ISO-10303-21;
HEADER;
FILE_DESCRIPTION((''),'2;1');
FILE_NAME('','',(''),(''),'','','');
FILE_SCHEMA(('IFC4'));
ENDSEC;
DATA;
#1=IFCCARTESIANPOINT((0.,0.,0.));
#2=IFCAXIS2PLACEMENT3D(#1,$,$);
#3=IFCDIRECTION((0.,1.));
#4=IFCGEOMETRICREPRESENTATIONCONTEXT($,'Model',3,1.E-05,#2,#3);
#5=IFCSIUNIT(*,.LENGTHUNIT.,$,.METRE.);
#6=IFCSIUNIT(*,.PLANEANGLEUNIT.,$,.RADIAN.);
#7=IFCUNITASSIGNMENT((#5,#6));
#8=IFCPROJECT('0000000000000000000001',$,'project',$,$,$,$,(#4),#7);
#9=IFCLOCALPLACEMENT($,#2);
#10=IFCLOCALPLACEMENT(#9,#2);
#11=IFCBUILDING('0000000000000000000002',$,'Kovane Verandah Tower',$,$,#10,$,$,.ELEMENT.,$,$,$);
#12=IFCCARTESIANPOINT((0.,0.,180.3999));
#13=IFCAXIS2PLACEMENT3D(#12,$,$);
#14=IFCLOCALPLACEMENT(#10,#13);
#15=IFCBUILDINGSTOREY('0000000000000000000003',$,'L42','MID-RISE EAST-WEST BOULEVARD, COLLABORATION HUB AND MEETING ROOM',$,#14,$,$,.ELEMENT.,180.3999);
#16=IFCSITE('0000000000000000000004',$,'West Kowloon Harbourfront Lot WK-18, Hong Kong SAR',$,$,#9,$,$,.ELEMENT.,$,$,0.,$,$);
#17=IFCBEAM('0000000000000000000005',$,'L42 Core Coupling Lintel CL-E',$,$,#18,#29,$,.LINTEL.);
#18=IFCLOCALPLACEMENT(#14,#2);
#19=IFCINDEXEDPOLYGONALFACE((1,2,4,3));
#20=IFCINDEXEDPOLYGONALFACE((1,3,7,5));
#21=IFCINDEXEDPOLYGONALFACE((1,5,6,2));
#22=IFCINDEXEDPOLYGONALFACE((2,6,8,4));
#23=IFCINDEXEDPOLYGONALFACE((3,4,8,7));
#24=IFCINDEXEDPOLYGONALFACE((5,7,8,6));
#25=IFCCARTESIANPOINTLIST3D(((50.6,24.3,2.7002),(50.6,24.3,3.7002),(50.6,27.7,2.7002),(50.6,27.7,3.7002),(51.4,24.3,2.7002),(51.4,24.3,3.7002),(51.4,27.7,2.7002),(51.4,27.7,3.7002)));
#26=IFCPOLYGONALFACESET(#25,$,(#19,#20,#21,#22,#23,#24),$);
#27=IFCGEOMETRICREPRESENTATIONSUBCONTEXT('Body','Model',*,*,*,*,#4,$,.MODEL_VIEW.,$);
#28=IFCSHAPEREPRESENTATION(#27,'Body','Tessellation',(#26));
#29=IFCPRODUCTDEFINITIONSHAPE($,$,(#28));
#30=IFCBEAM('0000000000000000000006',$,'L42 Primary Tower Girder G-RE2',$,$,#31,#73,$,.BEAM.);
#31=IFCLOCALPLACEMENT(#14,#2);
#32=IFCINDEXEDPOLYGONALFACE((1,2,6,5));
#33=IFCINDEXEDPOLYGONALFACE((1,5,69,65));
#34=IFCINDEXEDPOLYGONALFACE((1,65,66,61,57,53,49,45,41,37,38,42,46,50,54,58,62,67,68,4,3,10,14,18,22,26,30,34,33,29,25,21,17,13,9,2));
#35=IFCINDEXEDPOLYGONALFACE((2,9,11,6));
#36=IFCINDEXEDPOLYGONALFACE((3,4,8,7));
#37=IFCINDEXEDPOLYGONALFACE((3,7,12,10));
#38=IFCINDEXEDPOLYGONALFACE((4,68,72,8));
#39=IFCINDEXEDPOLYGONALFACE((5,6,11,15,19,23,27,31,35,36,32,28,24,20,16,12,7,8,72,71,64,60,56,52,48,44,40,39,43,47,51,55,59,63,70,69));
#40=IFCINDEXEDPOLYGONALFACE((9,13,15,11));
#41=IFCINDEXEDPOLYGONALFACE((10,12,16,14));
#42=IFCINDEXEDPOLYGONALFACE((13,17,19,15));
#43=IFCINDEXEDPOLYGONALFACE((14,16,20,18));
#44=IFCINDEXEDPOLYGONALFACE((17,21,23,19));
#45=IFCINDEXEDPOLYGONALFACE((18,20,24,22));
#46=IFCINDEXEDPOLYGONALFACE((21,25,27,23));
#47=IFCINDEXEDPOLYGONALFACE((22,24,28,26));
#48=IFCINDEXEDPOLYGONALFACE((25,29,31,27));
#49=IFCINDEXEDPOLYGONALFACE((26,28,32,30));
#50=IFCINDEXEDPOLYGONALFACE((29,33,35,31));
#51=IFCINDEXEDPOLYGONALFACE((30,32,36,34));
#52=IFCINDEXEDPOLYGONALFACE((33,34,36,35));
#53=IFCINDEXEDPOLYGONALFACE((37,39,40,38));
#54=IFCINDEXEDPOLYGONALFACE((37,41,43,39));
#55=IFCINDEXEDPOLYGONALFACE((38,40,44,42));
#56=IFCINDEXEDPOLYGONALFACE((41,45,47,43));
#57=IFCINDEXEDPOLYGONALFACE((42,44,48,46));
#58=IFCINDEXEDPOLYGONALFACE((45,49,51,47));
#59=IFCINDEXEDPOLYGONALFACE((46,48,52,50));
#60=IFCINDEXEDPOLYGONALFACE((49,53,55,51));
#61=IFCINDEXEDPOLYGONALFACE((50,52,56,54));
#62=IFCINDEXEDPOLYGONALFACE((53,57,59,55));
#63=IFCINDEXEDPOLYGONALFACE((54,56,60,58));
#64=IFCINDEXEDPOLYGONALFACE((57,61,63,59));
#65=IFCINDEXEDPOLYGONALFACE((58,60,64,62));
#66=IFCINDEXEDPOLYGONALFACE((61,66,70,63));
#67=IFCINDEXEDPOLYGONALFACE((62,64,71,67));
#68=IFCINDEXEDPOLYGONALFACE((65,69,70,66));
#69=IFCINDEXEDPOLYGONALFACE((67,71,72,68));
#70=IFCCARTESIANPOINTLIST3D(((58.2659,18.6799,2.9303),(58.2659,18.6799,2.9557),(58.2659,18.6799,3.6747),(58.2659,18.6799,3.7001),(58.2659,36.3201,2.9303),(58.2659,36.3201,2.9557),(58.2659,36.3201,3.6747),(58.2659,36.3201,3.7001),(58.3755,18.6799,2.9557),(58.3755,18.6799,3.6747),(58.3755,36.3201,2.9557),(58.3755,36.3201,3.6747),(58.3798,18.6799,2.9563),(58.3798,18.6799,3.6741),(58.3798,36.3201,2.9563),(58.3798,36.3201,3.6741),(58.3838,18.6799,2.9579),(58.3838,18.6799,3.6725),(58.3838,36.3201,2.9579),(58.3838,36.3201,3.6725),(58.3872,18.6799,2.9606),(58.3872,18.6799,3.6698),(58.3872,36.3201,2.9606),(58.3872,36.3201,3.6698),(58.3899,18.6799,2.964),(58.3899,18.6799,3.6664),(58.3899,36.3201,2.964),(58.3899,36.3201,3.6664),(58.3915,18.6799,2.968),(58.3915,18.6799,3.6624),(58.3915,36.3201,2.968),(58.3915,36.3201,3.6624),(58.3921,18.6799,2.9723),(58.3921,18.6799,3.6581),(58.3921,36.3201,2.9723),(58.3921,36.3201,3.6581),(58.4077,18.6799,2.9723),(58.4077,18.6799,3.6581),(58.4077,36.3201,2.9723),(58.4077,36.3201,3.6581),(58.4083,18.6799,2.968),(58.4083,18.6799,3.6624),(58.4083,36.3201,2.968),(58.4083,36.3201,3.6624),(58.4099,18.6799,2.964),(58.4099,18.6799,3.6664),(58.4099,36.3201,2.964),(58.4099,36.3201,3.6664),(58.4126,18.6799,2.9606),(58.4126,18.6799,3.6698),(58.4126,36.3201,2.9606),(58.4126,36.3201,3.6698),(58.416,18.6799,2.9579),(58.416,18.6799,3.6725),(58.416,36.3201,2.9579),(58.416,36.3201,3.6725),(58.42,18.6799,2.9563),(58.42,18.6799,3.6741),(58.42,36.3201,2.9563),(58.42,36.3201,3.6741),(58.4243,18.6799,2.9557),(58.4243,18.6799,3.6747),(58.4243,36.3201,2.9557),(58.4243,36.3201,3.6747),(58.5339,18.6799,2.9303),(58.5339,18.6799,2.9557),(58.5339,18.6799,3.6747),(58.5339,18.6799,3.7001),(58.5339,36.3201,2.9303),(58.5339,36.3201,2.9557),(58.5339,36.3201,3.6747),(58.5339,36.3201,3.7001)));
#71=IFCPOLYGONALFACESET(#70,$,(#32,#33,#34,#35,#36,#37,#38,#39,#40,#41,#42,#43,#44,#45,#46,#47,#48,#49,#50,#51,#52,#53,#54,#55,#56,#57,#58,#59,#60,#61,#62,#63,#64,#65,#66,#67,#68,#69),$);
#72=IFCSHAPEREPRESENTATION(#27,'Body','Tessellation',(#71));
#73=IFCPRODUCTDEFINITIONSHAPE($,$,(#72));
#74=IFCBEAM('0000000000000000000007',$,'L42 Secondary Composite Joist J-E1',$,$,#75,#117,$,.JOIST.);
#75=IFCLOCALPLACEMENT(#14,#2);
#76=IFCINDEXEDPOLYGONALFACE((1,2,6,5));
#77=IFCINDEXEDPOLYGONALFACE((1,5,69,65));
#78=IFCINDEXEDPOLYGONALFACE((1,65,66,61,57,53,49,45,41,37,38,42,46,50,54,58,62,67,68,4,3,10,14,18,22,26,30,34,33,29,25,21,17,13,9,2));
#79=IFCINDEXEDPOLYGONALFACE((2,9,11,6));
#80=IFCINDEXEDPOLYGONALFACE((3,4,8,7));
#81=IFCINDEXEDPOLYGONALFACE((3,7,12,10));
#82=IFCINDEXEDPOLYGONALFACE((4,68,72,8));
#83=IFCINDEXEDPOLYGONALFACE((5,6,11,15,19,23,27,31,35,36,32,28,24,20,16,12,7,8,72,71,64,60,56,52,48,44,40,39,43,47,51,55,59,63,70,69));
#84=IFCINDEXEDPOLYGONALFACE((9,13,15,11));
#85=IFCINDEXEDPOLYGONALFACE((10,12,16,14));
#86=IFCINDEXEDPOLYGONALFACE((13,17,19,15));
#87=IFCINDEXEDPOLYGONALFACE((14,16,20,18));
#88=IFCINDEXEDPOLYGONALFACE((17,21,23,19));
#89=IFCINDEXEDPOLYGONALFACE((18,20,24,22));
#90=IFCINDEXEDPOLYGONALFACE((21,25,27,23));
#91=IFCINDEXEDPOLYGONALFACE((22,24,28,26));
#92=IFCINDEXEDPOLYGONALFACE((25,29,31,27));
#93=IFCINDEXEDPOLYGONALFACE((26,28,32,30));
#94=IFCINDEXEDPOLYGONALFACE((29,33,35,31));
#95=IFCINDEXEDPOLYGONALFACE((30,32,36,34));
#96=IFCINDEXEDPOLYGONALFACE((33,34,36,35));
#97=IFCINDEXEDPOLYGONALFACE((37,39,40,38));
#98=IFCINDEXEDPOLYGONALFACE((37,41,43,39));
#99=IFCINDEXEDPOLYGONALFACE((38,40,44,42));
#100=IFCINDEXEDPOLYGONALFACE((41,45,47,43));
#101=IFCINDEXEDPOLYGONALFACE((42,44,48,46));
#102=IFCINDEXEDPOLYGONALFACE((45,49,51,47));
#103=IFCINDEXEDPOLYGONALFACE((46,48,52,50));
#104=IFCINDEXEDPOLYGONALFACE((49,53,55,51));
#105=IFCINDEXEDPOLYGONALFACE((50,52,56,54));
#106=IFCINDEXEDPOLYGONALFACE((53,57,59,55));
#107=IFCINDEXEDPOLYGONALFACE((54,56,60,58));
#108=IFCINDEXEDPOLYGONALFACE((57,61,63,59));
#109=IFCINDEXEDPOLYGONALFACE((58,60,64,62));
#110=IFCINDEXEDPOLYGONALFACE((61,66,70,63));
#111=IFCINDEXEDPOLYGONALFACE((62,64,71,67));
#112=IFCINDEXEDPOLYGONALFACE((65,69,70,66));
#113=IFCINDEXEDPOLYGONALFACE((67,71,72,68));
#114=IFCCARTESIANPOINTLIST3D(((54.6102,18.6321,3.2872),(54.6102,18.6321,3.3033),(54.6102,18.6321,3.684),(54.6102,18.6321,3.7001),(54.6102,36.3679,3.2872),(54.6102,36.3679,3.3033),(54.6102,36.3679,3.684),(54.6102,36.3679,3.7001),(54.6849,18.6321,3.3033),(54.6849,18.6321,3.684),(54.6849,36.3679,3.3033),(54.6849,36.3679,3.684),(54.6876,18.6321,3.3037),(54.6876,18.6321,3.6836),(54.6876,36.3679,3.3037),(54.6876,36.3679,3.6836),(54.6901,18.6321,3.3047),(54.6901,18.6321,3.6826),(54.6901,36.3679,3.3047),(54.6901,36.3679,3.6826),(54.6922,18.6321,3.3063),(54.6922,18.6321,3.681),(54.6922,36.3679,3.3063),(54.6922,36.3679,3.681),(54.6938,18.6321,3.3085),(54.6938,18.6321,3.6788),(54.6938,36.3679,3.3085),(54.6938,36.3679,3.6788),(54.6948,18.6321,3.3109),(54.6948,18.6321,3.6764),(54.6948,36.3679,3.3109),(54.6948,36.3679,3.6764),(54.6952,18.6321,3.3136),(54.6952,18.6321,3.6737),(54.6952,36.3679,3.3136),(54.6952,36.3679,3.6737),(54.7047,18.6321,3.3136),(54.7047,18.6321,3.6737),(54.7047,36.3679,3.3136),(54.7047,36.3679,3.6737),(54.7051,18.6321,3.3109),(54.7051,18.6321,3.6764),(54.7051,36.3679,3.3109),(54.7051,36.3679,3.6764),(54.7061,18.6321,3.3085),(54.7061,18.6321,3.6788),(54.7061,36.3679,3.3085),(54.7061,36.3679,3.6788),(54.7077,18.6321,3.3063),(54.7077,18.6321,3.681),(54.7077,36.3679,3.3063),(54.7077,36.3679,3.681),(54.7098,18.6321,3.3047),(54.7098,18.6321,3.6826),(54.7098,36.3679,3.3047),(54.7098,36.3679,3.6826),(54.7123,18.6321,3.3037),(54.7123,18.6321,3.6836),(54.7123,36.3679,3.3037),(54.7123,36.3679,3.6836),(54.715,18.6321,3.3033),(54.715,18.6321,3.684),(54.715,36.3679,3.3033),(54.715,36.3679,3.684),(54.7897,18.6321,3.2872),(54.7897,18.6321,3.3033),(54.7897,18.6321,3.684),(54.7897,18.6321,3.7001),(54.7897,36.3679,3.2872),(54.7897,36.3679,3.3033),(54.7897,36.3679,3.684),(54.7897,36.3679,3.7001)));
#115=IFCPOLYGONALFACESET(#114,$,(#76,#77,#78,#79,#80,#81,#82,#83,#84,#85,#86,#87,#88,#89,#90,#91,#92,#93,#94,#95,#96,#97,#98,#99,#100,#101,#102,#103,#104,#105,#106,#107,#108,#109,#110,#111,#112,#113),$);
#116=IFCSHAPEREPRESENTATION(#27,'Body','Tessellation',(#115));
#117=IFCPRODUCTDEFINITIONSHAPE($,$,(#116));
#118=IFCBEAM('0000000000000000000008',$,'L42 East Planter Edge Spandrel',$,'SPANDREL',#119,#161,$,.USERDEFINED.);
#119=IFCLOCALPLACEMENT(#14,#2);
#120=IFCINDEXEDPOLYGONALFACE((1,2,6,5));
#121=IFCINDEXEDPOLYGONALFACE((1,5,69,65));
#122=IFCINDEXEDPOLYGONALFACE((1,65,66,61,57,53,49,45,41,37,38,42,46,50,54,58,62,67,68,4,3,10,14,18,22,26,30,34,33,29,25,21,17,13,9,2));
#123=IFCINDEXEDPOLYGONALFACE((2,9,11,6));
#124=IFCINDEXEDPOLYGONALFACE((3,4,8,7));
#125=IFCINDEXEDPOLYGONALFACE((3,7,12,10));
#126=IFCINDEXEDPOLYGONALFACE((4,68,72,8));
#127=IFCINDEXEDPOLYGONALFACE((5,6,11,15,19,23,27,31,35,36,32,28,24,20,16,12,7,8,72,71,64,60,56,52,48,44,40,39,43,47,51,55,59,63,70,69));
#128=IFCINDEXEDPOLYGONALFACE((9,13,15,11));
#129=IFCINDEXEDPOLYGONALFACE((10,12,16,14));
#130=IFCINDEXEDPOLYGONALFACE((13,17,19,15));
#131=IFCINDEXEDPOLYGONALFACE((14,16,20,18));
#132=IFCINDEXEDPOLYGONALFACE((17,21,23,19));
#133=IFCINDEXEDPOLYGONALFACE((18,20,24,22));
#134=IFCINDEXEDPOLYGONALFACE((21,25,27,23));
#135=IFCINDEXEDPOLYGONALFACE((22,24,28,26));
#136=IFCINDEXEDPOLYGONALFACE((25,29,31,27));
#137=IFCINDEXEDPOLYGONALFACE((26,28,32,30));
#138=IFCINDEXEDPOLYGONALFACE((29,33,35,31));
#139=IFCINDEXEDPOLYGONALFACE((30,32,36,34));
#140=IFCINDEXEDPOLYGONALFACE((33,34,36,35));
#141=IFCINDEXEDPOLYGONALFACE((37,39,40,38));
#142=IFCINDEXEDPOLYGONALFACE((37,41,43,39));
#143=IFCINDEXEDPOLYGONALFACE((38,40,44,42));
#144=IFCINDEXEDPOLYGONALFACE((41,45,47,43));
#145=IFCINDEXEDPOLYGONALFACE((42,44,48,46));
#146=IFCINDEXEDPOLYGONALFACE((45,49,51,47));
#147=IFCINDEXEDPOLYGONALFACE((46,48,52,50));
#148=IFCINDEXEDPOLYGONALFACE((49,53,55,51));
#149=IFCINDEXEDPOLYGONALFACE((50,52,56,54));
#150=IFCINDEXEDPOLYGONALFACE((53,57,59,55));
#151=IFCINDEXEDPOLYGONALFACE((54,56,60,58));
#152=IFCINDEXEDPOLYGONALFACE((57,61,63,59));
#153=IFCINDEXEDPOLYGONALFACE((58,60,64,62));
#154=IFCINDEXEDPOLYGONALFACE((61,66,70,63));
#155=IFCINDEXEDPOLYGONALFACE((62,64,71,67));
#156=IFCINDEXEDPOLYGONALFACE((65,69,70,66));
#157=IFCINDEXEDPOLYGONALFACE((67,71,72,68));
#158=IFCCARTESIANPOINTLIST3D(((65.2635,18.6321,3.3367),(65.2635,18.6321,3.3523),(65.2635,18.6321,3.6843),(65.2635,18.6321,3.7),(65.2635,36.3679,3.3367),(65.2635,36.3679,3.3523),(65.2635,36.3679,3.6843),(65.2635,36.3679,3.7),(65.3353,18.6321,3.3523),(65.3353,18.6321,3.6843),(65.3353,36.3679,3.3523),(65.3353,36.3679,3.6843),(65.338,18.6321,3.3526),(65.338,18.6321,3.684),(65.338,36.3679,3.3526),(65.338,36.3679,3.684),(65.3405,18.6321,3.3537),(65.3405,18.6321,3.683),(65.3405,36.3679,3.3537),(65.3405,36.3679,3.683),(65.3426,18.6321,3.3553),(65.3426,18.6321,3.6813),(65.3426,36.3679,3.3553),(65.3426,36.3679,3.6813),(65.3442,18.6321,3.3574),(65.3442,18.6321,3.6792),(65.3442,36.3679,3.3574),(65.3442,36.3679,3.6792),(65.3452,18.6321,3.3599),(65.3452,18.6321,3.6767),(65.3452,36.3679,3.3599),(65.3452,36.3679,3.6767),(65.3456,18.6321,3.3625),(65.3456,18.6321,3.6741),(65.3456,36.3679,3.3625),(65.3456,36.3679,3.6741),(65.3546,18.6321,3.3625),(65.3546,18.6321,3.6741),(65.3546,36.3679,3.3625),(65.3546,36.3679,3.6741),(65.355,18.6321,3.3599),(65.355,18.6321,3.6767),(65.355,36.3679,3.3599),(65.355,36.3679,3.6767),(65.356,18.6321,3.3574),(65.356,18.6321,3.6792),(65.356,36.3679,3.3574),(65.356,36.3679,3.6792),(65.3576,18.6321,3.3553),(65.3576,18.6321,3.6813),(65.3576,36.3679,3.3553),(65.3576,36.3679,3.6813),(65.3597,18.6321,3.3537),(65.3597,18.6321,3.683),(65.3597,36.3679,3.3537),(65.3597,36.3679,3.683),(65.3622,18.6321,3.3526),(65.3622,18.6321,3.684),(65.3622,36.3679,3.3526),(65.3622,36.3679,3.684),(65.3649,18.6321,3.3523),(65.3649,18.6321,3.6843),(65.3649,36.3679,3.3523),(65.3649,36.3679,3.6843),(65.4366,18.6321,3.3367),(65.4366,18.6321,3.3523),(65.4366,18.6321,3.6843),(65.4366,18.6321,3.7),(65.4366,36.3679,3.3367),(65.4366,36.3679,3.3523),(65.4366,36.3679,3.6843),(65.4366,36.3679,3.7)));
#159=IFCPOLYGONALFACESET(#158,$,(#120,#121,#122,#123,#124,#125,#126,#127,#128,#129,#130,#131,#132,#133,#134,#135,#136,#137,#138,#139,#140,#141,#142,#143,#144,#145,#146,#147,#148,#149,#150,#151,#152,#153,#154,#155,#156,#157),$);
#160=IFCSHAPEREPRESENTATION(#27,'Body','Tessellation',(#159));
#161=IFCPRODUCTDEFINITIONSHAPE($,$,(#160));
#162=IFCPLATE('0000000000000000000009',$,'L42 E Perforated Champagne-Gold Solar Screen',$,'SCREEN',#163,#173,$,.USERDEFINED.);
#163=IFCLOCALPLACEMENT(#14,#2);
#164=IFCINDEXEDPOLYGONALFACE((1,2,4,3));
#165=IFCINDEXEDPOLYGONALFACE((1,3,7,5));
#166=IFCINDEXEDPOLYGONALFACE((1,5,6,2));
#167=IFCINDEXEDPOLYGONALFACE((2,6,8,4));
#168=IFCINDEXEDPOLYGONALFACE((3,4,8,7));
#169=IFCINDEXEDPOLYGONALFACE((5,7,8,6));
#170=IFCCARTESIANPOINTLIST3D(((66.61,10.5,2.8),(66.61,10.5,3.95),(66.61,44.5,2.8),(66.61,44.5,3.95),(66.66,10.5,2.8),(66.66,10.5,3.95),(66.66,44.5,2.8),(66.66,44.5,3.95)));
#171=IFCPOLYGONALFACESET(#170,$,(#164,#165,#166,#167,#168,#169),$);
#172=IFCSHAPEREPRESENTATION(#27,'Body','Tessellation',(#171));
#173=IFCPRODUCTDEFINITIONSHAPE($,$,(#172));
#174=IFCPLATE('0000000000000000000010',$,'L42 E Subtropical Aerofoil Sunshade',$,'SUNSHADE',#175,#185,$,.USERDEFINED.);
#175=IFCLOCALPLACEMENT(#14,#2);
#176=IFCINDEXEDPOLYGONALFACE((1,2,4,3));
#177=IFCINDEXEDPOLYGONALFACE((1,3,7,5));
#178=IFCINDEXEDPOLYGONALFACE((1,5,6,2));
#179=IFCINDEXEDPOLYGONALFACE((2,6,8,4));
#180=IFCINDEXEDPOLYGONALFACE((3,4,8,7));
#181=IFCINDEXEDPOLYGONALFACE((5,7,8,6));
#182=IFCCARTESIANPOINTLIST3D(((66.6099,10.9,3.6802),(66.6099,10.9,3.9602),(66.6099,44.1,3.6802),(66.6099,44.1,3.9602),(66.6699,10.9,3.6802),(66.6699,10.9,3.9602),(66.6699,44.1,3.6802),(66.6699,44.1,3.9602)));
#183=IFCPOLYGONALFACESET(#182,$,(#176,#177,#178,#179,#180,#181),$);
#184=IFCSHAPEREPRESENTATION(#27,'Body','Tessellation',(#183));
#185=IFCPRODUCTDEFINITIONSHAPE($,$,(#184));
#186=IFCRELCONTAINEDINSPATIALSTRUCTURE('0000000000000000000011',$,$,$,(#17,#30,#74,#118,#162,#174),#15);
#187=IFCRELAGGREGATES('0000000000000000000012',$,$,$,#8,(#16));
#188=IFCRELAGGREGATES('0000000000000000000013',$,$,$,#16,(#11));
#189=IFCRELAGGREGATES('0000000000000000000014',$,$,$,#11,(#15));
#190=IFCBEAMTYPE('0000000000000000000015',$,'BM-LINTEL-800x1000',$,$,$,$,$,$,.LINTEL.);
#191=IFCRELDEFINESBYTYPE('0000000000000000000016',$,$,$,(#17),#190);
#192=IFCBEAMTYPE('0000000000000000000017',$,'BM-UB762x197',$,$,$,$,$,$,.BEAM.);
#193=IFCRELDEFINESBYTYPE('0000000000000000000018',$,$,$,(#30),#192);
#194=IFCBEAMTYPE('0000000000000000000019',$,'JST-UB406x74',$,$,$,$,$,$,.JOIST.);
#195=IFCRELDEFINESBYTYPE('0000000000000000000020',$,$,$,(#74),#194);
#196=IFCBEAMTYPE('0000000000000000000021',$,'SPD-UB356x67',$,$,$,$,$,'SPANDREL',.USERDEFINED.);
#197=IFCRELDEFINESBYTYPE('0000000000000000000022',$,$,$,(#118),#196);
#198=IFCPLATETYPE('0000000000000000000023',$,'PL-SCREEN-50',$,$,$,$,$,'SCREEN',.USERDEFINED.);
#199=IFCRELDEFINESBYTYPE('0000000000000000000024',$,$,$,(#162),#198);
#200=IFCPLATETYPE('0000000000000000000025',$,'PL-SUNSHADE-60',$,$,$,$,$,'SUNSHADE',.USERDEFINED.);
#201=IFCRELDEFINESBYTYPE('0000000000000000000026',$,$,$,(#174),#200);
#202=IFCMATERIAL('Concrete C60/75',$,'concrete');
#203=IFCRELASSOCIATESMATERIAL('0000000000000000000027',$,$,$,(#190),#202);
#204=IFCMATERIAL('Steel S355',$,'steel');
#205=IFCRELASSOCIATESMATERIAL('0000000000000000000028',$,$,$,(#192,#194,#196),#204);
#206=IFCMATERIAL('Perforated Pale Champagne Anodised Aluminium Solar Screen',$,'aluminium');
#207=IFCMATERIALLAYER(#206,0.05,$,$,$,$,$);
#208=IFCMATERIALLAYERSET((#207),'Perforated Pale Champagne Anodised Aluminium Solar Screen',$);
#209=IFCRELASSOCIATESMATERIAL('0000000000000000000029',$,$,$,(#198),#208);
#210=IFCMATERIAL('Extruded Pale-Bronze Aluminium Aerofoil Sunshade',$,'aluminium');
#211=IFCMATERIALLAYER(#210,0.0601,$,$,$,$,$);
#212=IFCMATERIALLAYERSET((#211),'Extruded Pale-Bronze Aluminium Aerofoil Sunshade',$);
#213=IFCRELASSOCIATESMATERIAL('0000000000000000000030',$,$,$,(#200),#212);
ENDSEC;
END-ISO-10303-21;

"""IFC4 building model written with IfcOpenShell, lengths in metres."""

from ifc_helpers import new_model, si_unit, direction, frame, origin, origin_2d, place, context, subcontext, project, spatial, rectangle, i_section, extrude, material, layer, layer_set, material_profile, profile_set, type_object, element, save


model = new_model("IFC4")

# Units and contexts
model_context = context("Model", 3, precision=1e-05, world=origin(), true_north=direction((0.0, 1.0)))
body_context = subcontext(model_context, "Body", "Model", "MODEL_VIEW")
ifc_project = project(units=[si_unit("LENGTHUNIT", "METRE"), si_unit("PLANEANGLEUNIT", "RADIAN")], contexts=[model_context])

# Site, building, storey
site_placement = place(None, origin())
site = spatial("IfcSite", under=ifc_project, at=site_placement, Name="West Kowloon Harbourfront Lot WK-18, Hong Kong SAR", CompositionType="ELEMENT", RefElevation=0.0)
building_placement = place(site_placement, origin())
building = spatial("IfcBuilding", under=site, at=building_placement, Name="Kovane Verandah Tower", CompositionType="ELEMENT")
storey_placement = place(building_placement, frame((0.0, 0.0, 180.3999)))
storey = spatial("IfcBuildingStorey", under=building, at=storey_placement, Name="L42", Description="MID-RISE EAST-WEST BOULEVARD, COLLABORATION HUB AND MEETING ROOM", CompositionType="ELEMENT", Elevation=180.3999)

# Beams
ifc_material_1 = material(Name="Concrete C60/75", Category="concrete")
ifc_material_profile_1 = material_profile(ifc_material_1, rectangle(XDim=0.8, YDim=1.0, at=origin_2d()), Name="RCB800x1000")
ifc_profile_set_1 = profile_set([ifc_material_profile_1], Name="Concrete C60/75")
beam_type_1 = type_object("IfcBeamType", Name="BM-LINTEL-800x1000", PredefinedType="LINTEL", material=ifc_profile_set_1)
beam_1_placement = place(storey_placement, frame((51.0, 24.3, 3.2002), z_axis=(0.0, 1.0, 0.0), x_axis=(-1.0, 0.0, 0.0)))
element("IfcBeam", 1, at=beam_1_placement, inside=storey, type_object=beam_type_1, Name="L42 Core Coupling Lintel CL-E", PredefinedType="LINTEL", context=body_context, shape_type="SweptSolid", body=[
    extrude(rectangle(XDim=0.8, YDim=1.0, at=origin_2d()), origin(), (0.0, 0.0, 1.0), 3.3999),
])
ifc_material_2 = material(Name="Steel S355", Category="steel")
ifc_material_profile_2 = material_profile(ifc_material_2, i_section(OverallWidth=0.2681, OverallDepth=0.7698, WebThickness=0.0156, FlangeThickness=0.0254, FilletRadius=0.0166, at=origin_2d()), Name="UB762x267x197")
ifc_profile_set_2 = profile_set([ifc_material_profile_2], Name="Steel S355")
beam_type_2 = type_object("IfcBeamType", Name="BM-UB762x197", PredefinedType="BEAM", material=ifc_profile_set_2)
beam_2_placement = place(storey_placement, frame((58.3999, 18.6799, 3.3152), z_axis=(0.0, 1.0, 0.0), x_axis=(-1.0, 0.0, 0.0)))
element("IfcBeam", 2, at=beam_2_placement, inside=storey, type_object=beam_type_2, Name="L42 Primary Tower Girder G-RE2", PredefinedType="BEAM", context=body_context, shape_type="SweptSolid", body=[
    extrude(i_section(OverallWidth=0.2681, OverallDepth=0.7698, WebThickness=0.0156, FlangeThickness=0.0254, FilletRadius=0.0166, at=origin_2d()), origin(), (0.0, 0.0, 1.0), 17.6401),
])
ifc_material_profile_3 = material_profile(ifc_material_2, i_section(OverallWidth=0.1794, OverallDepth=0.4128, WebThickness=0.0095, FlangeThickness=0.0161, FilletRadius=0.0103, at=origin_2d()), Name="UB406x178x74")
ifc_profile_set_3 = profile_set([ifc_material_profile_3], Name="Steel S355")
beam_type_3 = type_object("IfcBeamType", Name="JST-UB406x74", PredefinedType="JOIST", material=ifc_profile_set_3)
beam_3_placement = place(storey_placement, frame((54.7, 18.6321, 3.4937), z_axis=(0.0, 1.0, 0.0), x_axis=(-1.0, 0.0, 0.0)))
element("IfcBeam", 3, at=beam_3_placement, inside=storey, type_object=beam_type_3, Name="L42 Secondary Composite Joist J-E1", PredefinedType="JOIST", context=body_context, shape_type="SweptSolid", body=[
    extrude(i_section(OverallWidth=0.1794, OverallDepth=0.4128, WebThickness=0.0095, FlangeThickness=0.0161, FilletRadius=0.0103, at=origin_2d()), origin(), (0.0, 0.0, 1.0), 17.7358),
])
ifc_material_profile_4 = material_profile(ifc_material_2, i_section(OverallWidth=0.1731, OverallDepth=0.3633, WebThickness=0.009, FlangeThickness=0.0156, FilletRadius=0.0103, at=origin_2d()), Name="UB356x171x67")
ifc_profile_set_4 = profile_set([ifc_material_profile_4], Name="Steel S355")
beam_type_4 = type_object("IfcBeamType", Name="SPD-UB356x67", ElementType="SPANDREL", PredefinedType="USERDEFINED", material=ifc_profile_set_4)
beam_4_placement = place(storey_placement, frame((65.3501, 18.6321, 3.5183), z_axis=(0.0, 1.0, 0.0), x_axis=(-1.0, 0.0, 0.0)))
element("IfcBeam", 4, at=beam_4_placement, inside=storey, type_object=beam_type_4, Name="L42 East Planter Edge Spandrel", ObjectType="SPANDREL", PredefinedType="USERDEFINED", context=body_context, shape_type="SweptSolid", body=[
    extrude(i_section(OverallWidth=0.1731, OverallDepth=0.3633, WebThickness=0.009, FlangeThickness=0.0156, FilletRadius=0.0103, at=origin_2d()), origin(), (0.0, 0.0, 1.0), 17.7358),
])

# Plates
ifc_material_3 = material(Name="Perforated Pale Champagne Anodised Aluminium Solar Screen", Category="aluminium")
ifc_layer_1 = layer(ifc_material_3, 0.05)
ifc_layer_set_1 = layer_set([ifc_layer_1], Name="Perforated Pale Champagne Anodised Aluminium Solar Screen")
plate_type_1 = type_object("IfcPlateType", Name="PL-SCREEN-50", ElementType="SCREEN", PredefinedType="USERDEFINED", material=ifc_layer_set_1)
plate_1_placement = place(storey_placement, frame((66.635, 27.5, 2.8), z_axis=(0.0, 0.0, 1.0), x_axis=(0.0, 1.0, 0.0)))
element("IfcPlate", 5, at=plate_1_placement, inside=storey, type_object=plate_type_1, Name="L42 E Perforated Champagne-Gold Solar Screen", ObjectType="SCREEN", PredefinedType="USERDEFINED", context=body_context, shape_type="SweptSolid", body=[
    extrude(rectangle(XDim=34.0, YDim=0.05, at=origin_2d()), origin(), (0.0, 0.0, 1.0), 1.1499),
])
ifc_material_4 = material(Name="Extruded Pale-Bronze Aluminium Aerofoil Sunshade", Category="aluminium")
ifc_layer_2 = layer(ifc_material_4, 0.0601)
ifc_layer_set_2 = layer_set([ifc_layer_2], Name="Extruded Pale-Bronze Aluminium Aerofoil Sunshade")
plate_type_2 = type_object("IfcPlateType", Name="PL-SUNSHADE-60", ElementType="SUNSHADE", PredefinedType="USERDEFINED", material=ifc_layer_set_2)
plate_2_placement = place(storey_placement, frame((66.6399, 27.5, 3.6802), z_axis=(0.0, 0.0, 1.0), x_axis=(0.0, 1.0, 0.0)))
element("IfcPlate", 6, at=plate_2_placement, inside=storey, type_object=plate_type_2, Name="L42 E Subtropical Aerofoil Sunshade", ObjectType="SUNSHADE", PredefinedType="USERDEFINED", context=body_context, shape_type="SweptSolid", body=[
    extrude(rectangle(XDim=33.2, YDim=0.0601, at=origin_2d()), origin(), (0.0, 0.0, 1.0), 0.28),
])

save(model, "model.ifc")
